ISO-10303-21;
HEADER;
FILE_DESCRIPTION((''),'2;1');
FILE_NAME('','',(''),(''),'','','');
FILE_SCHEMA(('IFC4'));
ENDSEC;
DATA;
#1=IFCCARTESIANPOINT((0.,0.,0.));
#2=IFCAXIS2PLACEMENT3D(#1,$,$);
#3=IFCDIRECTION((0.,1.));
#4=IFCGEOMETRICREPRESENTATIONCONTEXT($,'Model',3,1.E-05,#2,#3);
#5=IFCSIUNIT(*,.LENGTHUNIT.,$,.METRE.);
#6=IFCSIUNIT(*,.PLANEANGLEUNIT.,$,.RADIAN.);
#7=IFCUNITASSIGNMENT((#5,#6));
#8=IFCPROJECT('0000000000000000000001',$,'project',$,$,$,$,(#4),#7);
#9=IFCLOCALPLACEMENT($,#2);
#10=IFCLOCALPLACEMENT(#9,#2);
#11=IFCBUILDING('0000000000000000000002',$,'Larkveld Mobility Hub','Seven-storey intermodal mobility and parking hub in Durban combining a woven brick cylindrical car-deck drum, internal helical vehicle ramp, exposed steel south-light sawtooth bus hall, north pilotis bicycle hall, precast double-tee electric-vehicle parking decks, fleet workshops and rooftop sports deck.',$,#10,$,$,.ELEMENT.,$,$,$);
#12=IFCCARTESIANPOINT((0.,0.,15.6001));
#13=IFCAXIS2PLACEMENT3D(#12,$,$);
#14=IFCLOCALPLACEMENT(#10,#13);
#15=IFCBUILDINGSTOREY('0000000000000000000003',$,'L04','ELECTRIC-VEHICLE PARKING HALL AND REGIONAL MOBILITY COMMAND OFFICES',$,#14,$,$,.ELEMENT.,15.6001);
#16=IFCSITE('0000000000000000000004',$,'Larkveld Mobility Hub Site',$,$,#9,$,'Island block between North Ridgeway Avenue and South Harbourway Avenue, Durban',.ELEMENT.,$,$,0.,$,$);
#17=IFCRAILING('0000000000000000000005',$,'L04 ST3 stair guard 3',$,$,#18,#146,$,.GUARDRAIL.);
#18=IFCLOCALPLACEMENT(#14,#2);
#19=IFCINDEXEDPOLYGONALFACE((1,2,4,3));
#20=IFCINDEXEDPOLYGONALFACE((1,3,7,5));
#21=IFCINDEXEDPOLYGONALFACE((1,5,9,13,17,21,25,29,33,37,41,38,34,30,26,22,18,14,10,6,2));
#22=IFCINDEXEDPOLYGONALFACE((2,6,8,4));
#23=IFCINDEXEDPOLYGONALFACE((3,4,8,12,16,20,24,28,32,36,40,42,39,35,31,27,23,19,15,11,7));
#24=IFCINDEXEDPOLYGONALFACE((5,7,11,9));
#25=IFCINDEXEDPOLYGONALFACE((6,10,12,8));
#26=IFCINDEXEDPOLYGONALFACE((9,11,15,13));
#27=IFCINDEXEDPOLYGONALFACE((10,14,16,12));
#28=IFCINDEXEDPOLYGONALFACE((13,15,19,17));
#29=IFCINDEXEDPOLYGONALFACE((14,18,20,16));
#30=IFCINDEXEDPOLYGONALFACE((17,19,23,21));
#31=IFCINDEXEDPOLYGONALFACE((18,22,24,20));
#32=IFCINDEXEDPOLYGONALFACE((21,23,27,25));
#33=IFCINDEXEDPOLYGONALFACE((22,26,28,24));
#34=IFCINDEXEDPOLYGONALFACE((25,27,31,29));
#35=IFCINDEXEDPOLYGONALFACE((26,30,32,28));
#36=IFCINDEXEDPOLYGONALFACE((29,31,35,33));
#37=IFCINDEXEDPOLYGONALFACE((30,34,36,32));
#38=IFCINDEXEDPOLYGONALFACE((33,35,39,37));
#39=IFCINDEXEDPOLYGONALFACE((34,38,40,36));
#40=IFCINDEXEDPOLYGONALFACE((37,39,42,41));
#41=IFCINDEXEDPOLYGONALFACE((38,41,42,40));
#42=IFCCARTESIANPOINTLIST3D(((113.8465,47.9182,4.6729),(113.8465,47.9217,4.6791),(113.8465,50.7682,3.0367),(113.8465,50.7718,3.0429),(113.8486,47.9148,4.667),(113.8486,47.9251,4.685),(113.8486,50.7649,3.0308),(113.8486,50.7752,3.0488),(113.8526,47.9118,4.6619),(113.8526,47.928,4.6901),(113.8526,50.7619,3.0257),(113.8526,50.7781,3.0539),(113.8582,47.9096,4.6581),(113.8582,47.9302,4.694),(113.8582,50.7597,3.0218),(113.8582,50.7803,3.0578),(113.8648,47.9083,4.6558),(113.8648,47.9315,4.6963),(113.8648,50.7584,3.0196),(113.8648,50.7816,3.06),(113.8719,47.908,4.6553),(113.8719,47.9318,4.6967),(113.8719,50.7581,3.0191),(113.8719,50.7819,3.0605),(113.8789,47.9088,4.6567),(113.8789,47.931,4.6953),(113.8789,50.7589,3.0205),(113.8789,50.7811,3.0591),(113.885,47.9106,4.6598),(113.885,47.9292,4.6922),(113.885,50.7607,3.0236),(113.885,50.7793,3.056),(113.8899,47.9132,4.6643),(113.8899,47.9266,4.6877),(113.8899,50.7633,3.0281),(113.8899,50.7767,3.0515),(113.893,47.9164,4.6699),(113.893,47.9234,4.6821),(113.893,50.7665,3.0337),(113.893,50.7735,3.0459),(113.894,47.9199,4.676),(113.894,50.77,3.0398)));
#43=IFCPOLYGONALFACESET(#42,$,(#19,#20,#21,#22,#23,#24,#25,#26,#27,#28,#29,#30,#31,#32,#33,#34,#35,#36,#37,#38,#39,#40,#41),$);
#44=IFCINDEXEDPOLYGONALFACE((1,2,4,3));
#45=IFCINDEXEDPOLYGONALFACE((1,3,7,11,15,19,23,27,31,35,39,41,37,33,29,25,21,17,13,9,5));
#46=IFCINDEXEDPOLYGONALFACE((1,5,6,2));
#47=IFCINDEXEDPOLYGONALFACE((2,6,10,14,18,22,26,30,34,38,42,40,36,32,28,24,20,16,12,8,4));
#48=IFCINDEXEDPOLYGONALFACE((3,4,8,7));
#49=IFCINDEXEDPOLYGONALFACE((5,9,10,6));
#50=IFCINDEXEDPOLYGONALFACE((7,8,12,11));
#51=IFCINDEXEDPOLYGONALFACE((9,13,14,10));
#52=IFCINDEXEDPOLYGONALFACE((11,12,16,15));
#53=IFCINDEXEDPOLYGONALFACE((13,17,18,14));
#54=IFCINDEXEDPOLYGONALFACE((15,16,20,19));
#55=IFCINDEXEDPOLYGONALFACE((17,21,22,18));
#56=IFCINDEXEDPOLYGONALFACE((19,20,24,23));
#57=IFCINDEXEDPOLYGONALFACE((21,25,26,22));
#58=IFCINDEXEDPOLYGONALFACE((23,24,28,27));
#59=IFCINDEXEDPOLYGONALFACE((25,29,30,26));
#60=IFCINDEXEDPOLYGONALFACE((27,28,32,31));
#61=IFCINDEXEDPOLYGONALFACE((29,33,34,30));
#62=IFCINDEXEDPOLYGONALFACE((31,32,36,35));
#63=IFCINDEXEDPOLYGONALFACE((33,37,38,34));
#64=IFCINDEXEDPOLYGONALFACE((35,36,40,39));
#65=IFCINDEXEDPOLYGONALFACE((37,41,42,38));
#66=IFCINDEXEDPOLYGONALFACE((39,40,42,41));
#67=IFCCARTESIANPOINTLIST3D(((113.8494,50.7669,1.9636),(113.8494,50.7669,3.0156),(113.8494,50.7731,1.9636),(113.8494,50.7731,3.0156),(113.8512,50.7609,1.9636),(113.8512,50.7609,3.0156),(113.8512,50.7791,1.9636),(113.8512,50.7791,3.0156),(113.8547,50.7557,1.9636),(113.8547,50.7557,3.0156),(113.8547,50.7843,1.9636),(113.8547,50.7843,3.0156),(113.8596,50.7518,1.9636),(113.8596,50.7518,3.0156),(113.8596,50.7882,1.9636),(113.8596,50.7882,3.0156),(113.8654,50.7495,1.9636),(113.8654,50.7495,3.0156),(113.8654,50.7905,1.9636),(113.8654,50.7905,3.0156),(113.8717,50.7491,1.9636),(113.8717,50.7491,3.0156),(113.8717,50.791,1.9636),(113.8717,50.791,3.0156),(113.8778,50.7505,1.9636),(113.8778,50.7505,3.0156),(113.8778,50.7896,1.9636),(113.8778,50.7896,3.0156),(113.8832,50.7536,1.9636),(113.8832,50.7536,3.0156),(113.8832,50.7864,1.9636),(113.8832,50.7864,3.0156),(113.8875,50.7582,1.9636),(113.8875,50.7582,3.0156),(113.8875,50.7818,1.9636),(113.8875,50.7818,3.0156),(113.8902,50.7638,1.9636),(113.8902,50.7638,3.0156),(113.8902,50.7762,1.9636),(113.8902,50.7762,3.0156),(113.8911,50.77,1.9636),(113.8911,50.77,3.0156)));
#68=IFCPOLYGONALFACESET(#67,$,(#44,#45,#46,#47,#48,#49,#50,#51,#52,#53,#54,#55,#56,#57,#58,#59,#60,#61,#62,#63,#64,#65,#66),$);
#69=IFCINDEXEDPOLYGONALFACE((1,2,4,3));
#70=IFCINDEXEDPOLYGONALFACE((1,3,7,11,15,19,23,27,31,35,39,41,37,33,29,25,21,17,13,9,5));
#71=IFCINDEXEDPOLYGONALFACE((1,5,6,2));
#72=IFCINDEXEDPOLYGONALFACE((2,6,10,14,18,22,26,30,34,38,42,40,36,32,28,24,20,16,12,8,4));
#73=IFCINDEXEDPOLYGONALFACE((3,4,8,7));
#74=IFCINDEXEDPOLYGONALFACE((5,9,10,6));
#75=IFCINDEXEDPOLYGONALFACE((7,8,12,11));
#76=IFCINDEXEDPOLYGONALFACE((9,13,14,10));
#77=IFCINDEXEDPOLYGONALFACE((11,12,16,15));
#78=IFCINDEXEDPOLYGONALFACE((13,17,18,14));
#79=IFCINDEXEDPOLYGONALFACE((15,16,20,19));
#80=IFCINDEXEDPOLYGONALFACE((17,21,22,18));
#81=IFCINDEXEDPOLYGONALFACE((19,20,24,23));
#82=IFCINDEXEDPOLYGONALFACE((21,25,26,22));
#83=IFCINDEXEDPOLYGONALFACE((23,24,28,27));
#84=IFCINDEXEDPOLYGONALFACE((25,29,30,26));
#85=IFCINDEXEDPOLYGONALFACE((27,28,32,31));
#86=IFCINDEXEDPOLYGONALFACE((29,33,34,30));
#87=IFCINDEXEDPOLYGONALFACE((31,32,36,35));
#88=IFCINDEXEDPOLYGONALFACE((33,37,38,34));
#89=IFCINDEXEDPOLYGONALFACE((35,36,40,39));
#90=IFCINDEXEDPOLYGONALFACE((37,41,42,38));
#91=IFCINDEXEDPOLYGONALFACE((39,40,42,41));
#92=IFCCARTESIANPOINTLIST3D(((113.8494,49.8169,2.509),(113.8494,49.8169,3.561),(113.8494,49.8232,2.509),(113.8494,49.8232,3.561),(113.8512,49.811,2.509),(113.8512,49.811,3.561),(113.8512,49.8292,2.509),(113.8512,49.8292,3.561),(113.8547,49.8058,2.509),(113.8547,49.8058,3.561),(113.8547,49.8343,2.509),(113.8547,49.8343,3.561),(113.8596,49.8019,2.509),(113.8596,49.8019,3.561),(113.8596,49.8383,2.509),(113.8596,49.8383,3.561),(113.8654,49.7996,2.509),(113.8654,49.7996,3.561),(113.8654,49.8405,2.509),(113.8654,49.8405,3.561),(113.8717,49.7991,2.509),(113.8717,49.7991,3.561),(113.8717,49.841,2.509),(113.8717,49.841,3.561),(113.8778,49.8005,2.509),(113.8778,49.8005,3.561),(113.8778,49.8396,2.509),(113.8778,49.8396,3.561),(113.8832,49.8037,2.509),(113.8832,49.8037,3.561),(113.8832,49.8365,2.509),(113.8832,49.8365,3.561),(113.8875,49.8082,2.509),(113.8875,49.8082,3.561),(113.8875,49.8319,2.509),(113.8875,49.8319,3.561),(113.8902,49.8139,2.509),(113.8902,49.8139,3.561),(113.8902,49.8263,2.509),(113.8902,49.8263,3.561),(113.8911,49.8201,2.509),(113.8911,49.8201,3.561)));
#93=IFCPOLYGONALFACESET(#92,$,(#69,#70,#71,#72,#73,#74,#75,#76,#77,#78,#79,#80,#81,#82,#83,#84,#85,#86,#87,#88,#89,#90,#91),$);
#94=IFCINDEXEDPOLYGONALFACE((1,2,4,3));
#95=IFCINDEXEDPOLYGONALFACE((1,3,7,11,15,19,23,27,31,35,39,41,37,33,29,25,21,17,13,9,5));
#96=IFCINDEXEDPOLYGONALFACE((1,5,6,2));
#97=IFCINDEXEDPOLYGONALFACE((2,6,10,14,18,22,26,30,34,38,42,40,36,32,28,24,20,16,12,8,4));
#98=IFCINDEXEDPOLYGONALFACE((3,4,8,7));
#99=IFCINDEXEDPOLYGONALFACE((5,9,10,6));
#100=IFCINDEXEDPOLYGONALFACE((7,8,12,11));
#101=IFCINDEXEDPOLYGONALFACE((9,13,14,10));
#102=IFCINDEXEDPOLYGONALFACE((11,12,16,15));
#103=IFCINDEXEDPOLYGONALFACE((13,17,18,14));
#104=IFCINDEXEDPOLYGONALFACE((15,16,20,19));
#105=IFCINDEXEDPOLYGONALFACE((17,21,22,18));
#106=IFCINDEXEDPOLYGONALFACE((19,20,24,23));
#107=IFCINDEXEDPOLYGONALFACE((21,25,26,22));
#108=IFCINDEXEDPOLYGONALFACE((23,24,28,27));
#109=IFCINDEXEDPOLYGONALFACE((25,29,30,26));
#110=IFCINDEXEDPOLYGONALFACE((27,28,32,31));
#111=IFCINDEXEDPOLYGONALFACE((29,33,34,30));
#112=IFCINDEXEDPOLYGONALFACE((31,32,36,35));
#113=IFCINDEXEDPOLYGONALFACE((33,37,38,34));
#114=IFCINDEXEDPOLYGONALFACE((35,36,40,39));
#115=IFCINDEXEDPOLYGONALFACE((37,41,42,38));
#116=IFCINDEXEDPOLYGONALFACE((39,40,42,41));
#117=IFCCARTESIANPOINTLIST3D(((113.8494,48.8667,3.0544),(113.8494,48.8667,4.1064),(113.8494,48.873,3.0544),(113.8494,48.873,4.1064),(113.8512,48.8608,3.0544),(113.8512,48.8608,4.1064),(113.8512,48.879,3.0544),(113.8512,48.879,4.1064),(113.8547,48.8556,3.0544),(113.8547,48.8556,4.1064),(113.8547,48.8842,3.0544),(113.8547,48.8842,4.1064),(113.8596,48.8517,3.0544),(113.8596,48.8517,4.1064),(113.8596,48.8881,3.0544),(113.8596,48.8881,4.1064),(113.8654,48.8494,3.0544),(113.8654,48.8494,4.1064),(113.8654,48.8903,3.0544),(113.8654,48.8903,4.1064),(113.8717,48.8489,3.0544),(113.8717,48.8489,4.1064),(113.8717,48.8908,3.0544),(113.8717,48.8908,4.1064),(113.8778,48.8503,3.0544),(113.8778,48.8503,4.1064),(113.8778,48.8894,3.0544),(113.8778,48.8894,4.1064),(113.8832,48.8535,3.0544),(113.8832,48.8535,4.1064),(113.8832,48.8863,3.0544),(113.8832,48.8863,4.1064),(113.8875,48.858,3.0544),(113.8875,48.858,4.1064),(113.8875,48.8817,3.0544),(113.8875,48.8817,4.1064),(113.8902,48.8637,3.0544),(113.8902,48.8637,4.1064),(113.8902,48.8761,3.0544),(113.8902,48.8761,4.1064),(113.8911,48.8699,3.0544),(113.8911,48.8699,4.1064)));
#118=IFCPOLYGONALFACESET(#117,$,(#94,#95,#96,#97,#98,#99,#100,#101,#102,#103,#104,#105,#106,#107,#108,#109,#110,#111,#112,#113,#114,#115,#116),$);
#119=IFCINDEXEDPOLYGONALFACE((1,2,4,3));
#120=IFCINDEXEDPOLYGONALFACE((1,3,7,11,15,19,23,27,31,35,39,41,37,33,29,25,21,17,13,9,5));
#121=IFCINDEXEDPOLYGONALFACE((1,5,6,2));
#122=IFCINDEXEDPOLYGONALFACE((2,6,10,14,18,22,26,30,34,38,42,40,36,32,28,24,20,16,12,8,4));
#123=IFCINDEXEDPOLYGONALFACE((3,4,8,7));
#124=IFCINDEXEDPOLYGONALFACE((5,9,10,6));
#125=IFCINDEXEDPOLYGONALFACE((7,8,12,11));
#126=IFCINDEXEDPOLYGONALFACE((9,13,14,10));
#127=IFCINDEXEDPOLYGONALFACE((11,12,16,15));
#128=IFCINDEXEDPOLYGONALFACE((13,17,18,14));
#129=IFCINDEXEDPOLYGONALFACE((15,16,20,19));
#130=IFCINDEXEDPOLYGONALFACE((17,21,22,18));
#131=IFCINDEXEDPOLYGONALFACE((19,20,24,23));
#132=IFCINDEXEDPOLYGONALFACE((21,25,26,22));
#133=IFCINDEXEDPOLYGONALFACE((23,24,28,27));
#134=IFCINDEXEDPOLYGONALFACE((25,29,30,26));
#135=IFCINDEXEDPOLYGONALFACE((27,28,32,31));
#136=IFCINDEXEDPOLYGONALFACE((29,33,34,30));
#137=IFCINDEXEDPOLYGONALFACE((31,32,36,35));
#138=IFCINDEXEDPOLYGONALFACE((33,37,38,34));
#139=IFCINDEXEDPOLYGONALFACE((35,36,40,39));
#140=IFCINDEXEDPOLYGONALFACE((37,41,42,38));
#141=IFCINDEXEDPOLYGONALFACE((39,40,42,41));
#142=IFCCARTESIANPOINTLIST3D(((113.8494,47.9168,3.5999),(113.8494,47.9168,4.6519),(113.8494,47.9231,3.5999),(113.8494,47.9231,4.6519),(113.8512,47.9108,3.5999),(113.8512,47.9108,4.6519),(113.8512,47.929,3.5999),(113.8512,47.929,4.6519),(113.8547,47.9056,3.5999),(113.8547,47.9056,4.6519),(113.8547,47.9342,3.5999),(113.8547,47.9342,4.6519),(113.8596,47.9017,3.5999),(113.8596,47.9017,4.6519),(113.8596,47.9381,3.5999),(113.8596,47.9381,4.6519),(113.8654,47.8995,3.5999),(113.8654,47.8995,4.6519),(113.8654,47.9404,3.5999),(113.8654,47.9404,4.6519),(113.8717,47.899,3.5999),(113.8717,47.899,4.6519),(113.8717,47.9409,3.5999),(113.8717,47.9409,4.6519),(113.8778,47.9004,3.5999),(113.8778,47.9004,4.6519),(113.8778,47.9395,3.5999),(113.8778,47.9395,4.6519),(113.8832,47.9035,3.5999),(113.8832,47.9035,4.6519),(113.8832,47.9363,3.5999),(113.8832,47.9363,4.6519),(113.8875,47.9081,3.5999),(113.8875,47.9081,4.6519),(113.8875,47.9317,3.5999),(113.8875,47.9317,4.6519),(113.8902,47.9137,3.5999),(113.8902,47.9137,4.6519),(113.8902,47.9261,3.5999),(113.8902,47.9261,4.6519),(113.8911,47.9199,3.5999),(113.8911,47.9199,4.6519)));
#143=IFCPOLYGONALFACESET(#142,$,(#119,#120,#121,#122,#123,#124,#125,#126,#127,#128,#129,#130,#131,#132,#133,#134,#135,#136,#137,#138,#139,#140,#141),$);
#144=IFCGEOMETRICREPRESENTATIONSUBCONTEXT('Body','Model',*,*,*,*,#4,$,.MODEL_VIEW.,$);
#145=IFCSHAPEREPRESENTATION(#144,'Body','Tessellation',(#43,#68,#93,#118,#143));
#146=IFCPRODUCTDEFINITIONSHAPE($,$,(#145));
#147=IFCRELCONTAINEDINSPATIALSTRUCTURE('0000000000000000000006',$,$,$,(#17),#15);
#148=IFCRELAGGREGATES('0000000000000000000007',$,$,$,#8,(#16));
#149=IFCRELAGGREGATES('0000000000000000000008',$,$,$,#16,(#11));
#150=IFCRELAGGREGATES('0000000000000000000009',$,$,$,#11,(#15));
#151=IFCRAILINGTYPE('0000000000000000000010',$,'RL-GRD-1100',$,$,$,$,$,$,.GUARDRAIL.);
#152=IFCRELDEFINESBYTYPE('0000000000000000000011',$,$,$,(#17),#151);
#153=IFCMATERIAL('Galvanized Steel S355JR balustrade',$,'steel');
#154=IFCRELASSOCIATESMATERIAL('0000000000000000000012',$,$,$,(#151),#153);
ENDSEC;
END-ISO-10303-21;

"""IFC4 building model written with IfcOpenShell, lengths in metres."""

from ifc_helpers import new_model, si_unit, direction, frame, origin, origin_2d, place, context, subcontext, project, spatial, circle, extrude, material, type_object, element, save


model = new_model("IFC4")

# Units and contexts
model_context = context("Model", 3, precision=1e-05, world=origin(), true_north=direction((0.0, 1.0)))
body_context = subcontext(model_context, "Body", "Model", "MODEL_VIEW")
ifc_project = project(units=[si_unit("LENGTHUNIT", "METRE"), si_unit("PLANEANGLEUNIT", "RADIAN")], contexts=[model_context])

# Site, building, storey
site_placement = place(None, origin())
site = spatial("IfcSite", under=ifc_project, at=site_placement, Name="Larkveld Mobility Hub Site", LongName="Island block between North Ridgeway Avenue and South Harbourway Avenue, Durban", CompositionType="ELEMENT", RefElevation=0.0)
building_placement = place(site_placement, origin())
building = spatial("IfcBuilding", under=site, at=building_placement, Name="Larkveld Mobility Hub", Description="Seven-storey intermodal mobility and parking hub in Durban combining a woven brick cylindrical car-deck drum, internal helical vehicle ramp, exposed steel south-light sawtooth bus hall, north pilotis bicycle hall, precast double-tee electric-vehicle parking decks, fleet workshops and rooftop sports deck.", CompositionType="ELEMENT")
storey_placement = place(building_placement, frame((0.0, 0.0, 15.6001)))
storey = spatial("IfcBuildingStorey", under=building, at=storey_placement, Name="L04", Description="ELECTRIC-VEHICLE PARKING HALL AND REGIONAL MOBILITY COMMAND OFFICES", CompositionType="ELEMENT", Elevation=15.6001)

# Railing
ifc_material_1 = material(Name="Galvanized Steel S355JR balustrade", Category="steel")
railing_type_1 = type_object("IfcRailingType", Name="RL-GRD-1100", PredefinedType="GUARDRAIL", material=ifc_material_1)
railing_1_placement = place(storey_placement, frame((113.8701, 50.77, 1.9636)))
element("IfcRailing", 1, at=railing_1_placement, inside=storey, type_object=railing_type_1, Name="L04 ST3 stair guard 3", PredefinedType="GUARDRAIL", context=body_context, shape_type="SweptSolid", body=[
    extrude(circle(Radius=0.0239, at=origin_2d()), frame((0.0, 0.0, 1.0762), z_axis=(0.0, -0.867245, 0.497882), x_axis=(1.0, 0.0, 0.0)), (0.0, 0.0, 1.0), 3.2864),
    extrude(circle(Radius=0.021, at=origin_2d()), origin(), (0.0, 0.0, 1.0), 1.052),
    extrude(circle(Radius=0.021, at=origin_2d()), frame((0.0, -0.95, 0.5454)), (0.0, 0.0, 1.0), 1.052),
    extrude(circle(Radius=0.021, at=origin_2d()), frame((0.0, -1.9001, 1.0908)), (0.0, 0.0, 1.0), 1.052),
    extrude(circle(Radius=0.021, at=origin_2d()), frame((0.0, -2.8501, 1.6362)), (0.0, 0.0, 1.0), 1.052),
])

save(model, "model.ifc")
